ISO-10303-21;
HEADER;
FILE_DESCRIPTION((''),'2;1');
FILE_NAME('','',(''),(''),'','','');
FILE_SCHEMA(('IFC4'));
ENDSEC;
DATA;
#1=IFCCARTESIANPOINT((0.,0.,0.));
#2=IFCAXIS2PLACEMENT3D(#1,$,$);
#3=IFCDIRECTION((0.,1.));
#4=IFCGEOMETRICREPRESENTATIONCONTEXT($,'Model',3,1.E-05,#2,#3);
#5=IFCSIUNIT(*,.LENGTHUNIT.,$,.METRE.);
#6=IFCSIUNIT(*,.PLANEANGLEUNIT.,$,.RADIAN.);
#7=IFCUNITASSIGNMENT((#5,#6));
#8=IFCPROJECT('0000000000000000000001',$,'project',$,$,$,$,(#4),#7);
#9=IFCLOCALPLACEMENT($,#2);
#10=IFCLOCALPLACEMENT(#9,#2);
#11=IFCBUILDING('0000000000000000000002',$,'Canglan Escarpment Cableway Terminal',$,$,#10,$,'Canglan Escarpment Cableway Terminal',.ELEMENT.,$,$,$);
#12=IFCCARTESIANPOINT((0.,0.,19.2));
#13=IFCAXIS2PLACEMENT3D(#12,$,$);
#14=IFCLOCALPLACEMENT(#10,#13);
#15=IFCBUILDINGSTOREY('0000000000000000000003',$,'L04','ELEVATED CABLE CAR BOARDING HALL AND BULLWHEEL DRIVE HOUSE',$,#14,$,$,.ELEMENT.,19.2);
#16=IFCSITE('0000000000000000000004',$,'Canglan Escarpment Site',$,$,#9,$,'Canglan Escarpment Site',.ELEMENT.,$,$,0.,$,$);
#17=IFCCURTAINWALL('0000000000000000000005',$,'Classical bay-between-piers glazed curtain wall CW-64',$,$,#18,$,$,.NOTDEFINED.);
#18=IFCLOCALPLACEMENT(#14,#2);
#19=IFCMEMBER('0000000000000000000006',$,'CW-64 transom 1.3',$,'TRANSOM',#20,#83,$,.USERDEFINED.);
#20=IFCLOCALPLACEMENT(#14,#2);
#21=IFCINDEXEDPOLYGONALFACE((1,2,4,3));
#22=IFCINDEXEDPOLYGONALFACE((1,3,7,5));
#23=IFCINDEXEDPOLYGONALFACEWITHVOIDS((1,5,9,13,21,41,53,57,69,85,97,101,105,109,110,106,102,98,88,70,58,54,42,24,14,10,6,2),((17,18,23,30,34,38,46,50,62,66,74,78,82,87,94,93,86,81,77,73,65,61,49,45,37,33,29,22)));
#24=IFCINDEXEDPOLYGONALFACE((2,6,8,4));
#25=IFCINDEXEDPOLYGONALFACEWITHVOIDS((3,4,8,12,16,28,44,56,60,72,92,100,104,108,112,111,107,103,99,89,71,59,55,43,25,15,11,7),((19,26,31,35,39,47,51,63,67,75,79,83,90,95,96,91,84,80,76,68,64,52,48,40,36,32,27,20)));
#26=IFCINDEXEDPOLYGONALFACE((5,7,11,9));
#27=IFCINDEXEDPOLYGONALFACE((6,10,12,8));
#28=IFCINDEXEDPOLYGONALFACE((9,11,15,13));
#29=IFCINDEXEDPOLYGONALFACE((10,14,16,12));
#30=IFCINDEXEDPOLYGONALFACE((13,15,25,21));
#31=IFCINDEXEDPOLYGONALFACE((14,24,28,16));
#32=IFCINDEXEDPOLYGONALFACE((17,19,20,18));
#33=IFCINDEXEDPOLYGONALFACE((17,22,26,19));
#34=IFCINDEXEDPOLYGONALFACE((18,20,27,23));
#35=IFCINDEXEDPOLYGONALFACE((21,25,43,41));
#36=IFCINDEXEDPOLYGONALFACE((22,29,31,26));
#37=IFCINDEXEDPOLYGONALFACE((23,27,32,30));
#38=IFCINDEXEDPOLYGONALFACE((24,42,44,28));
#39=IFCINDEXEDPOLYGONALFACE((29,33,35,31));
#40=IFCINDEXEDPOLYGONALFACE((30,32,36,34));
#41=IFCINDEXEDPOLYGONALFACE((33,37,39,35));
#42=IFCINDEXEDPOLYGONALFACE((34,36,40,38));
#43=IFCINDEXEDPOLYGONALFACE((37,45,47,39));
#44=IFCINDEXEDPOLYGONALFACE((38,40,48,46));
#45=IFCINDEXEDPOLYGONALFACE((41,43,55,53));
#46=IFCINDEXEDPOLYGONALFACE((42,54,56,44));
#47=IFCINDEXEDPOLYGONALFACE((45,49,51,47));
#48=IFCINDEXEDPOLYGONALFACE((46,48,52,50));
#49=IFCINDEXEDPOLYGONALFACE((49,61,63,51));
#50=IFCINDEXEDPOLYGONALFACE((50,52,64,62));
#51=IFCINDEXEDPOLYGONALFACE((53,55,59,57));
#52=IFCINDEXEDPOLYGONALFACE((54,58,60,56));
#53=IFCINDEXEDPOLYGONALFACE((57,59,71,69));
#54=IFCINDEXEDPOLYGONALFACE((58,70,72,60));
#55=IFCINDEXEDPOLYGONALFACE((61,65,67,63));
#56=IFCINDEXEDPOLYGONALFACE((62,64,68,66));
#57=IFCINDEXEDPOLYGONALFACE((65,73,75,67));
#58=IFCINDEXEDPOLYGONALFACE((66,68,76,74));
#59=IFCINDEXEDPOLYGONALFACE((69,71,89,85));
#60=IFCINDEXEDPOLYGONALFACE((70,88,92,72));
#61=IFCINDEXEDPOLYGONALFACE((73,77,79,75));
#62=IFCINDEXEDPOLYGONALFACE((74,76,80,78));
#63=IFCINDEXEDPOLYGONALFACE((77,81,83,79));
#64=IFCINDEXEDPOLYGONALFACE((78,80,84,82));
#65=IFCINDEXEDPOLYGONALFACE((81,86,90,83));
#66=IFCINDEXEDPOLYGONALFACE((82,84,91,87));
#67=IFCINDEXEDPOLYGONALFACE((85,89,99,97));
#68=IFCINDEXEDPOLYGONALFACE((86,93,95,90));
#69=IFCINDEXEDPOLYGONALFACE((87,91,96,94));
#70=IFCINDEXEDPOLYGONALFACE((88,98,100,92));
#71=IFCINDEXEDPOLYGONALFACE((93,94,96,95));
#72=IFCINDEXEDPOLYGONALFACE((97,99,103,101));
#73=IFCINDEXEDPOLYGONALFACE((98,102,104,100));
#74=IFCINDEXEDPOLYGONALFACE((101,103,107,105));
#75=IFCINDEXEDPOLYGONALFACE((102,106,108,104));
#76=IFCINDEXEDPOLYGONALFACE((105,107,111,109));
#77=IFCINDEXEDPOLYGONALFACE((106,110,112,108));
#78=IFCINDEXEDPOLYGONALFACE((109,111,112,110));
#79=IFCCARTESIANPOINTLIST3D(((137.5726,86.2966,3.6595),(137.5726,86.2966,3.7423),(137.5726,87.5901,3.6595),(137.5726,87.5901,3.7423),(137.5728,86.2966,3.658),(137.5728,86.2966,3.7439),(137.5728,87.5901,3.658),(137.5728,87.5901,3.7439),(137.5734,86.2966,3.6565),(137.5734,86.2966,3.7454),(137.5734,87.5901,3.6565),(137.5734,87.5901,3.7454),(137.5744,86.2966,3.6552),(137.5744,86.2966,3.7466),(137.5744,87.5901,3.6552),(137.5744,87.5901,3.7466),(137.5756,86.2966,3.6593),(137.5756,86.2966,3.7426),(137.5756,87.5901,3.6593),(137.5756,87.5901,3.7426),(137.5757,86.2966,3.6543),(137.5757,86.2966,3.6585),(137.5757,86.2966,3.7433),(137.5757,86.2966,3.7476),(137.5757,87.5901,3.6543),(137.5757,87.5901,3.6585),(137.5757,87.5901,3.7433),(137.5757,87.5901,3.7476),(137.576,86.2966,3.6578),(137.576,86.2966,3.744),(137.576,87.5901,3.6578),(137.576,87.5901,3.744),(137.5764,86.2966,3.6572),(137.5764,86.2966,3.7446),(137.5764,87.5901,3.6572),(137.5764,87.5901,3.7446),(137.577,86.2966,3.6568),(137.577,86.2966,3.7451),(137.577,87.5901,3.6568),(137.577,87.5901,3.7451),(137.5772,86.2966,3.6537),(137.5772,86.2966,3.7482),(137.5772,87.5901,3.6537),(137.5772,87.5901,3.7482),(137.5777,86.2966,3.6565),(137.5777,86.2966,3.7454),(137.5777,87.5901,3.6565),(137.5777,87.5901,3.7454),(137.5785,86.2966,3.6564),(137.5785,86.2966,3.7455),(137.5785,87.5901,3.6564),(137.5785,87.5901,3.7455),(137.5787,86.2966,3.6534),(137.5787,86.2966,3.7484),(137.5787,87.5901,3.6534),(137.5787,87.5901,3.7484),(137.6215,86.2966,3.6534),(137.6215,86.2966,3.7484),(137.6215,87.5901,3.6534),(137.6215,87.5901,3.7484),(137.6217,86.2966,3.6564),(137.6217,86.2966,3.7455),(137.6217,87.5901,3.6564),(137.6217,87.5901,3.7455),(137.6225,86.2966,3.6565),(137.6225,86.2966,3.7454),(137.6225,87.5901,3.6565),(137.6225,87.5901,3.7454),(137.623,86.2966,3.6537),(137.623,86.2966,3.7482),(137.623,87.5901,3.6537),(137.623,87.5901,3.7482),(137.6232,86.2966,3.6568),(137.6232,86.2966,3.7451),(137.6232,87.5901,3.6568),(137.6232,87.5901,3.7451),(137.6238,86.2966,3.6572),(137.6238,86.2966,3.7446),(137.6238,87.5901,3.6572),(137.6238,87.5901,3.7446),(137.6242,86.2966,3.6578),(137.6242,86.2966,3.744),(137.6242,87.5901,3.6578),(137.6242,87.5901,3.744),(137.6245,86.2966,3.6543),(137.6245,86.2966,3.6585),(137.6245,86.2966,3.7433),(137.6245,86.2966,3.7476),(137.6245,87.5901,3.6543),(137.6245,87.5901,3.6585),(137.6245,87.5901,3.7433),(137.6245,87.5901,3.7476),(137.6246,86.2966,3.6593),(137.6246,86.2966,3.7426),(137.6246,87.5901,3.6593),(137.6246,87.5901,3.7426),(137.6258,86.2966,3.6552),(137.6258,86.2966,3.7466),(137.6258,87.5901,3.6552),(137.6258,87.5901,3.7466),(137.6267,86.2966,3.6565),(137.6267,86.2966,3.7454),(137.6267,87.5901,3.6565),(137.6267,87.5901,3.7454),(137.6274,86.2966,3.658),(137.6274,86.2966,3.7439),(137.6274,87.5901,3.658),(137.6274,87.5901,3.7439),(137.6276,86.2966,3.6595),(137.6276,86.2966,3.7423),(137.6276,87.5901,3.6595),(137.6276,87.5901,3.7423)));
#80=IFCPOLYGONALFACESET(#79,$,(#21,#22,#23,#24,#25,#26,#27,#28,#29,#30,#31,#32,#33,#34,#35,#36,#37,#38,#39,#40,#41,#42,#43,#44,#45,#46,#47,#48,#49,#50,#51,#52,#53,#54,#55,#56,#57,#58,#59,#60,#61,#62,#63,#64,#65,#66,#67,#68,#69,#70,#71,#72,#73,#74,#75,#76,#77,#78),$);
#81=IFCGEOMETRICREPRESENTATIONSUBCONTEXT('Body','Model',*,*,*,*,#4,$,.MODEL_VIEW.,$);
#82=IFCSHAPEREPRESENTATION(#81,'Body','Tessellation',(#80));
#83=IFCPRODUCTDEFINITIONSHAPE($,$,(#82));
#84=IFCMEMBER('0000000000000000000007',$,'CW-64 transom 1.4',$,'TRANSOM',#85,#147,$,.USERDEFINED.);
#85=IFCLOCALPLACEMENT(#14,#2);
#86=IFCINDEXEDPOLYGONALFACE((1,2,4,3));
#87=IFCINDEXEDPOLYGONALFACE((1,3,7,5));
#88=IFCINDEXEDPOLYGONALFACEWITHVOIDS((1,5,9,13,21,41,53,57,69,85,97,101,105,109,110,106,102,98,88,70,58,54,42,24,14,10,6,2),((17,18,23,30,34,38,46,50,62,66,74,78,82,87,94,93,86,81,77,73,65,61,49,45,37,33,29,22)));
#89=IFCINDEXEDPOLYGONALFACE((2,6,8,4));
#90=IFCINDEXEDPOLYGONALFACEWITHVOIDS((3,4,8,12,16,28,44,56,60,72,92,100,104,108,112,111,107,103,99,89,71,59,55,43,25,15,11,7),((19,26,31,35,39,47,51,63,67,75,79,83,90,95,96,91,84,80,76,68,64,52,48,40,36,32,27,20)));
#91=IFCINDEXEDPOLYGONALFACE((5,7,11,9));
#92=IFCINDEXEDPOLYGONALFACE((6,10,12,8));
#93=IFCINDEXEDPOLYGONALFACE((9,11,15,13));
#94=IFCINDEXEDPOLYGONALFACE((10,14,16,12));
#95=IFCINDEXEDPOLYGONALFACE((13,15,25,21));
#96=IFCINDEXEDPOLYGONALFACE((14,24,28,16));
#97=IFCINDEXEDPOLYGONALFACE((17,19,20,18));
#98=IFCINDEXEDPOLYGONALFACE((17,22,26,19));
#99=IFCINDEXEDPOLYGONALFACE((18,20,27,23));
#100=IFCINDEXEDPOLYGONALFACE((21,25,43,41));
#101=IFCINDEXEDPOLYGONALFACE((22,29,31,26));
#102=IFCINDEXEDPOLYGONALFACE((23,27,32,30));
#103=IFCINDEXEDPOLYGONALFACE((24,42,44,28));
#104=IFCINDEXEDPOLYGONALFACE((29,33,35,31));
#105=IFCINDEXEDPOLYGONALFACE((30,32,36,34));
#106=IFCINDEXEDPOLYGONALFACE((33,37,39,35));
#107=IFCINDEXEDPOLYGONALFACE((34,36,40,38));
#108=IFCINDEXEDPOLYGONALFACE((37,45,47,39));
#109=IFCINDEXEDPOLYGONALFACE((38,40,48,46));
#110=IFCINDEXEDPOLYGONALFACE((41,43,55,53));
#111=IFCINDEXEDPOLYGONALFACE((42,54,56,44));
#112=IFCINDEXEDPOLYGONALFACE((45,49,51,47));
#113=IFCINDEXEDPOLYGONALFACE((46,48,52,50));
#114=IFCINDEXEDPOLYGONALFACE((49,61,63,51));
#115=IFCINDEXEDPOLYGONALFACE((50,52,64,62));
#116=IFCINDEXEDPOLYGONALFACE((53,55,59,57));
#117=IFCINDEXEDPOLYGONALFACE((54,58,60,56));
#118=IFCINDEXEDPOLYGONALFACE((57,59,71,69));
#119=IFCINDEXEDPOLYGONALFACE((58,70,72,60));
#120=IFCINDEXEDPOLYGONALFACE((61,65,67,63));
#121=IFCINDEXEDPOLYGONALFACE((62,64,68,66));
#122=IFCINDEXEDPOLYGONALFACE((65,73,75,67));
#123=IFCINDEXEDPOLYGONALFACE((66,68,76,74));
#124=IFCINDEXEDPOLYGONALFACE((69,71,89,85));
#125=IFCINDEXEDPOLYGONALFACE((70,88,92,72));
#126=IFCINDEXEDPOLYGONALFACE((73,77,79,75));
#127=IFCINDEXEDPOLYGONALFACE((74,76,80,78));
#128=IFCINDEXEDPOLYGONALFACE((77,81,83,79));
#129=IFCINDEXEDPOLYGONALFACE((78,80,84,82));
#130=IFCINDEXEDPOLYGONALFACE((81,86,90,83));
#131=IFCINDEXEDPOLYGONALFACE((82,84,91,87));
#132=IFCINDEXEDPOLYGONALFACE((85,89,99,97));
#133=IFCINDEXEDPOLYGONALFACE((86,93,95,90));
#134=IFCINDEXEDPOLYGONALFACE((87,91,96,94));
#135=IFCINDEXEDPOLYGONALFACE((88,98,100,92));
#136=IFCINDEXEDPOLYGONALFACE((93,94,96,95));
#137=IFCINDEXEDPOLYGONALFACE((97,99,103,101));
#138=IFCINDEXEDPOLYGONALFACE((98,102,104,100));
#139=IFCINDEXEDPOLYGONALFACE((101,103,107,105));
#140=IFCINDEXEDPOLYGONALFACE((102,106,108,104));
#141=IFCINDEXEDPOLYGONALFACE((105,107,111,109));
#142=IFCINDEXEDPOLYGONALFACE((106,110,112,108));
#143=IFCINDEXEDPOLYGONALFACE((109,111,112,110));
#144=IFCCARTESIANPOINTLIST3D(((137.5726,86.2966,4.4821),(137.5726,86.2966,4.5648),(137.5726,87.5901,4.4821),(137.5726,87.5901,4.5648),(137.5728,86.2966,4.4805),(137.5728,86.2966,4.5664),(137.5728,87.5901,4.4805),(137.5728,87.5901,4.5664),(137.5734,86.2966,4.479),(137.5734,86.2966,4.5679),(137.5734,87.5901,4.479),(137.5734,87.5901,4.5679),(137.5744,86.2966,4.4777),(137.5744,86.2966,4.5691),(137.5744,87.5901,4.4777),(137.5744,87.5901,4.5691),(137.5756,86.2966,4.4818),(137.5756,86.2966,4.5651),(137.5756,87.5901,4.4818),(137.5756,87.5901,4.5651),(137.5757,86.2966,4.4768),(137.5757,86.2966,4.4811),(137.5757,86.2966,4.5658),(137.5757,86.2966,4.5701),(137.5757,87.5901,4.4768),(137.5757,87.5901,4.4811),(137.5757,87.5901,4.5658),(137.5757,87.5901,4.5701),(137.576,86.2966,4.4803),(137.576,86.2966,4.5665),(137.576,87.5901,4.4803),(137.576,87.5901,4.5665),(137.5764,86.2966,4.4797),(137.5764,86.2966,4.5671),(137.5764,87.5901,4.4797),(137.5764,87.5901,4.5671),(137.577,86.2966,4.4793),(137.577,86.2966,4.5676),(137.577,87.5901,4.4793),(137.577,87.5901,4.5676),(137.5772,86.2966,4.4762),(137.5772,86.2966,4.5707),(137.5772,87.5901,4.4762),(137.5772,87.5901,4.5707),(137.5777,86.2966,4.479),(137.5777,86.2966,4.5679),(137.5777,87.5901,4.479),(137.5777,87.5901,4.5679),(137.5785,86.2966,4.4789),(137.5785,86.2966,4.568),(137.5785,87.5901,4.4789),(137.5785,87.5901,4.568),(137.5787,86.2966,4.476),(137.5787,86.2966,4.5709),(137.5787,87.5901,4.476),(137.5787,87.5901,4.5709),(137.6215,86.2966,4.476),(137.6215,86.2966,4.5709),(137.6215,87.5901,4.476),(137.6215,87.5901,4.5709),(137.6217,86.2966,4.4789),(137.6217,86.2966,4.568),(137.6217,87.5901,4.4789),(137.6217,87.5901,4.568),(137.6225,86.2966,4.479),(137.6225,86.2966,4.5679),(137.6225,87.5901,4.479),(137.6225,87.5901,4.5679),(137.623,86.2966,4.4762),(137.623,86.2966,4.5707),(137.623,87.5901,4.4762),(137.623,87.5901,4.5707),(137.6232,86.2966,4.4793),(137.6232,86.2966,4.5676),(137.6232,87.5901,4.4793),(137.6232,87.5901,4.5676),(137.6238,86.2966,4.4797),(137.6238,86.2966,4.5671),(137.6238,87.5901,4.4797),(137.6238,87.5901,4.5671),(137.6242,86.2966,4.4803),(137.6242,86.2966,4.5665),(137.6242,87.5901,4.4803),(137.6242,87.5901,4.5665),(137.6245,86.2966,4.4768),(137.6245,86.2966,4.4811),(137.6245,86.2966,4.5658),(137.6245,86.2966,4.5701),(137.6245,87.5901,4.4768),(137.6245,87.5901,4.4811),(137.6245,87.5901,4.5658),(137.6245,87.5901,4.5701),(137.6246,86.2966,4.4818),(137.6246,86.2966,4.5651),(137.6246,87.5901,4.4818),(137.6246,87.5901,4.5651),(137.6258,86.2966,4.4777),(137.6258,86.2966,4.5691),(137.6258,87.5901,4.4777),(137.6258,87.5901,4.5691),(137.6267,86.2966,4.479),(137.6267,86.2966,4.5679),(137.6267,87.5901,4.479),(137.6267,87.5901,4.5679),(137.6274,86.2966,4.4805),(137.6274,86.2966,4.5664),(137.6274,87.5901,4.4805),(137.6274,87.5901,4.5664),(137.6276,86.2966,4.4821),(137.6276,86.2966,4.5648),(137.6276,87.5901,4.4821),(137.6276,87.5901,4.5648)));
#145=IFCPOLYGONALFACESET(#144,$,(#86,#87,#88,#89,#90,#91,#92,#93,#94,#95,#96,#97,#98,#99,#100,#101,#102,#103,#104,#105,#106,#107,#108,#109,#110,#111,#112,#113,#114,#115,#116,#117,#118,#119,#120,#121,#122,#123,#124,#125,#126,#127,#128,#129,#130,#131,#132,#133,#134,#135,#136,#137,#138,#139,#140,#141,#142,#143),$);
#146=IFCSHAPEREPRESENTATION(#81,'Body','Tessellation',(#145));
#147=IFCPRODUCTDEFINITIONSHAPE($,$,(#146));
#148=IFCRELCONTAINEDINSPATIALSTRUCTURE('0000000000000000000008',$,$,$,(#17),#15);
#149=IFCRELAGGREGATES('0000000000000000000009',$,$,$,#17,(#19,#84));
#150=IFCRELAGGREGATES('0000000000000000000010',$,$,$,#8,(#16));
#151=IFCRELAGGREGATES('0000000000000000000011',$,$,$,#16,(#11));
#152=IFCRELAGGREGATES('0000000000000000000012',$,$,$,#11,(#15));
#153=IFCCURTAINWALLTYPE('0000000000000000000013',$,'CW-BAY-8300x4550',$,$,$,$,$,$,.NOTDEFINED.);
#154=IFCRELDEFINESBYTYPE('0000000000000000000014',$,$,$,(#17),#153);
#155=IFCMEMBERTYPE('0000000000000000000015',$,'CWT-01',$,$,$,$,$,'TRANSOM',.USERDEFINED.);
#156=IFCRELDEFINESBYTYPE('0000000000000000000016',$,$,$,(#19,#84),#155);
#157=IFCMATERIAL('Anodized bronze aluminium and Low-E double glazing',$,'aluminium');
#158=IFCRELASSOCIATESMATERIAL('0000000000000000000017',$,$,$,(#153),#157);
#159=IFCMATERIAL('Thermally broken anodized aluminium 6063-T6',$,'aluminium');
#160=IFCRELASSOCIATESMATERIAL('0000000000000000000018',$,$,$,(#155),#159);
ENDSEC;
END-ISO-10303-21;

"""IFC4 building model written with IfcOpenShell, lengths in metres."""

from ifc_helpers import new_model, si_unit, direction, frame, origin, origin_2d, place, context, subcontext, project, spatial, hollow_rectangle, extrude, material, material_profile, profile_set, type_object, element, aggregate, save


model = new_model("IFC4")

# Units and contexts
model_context = context("Model", 3, precision=1e-05, world=origin(), true_north=direction((0.0, 1.0)))
body_context = subcontext(model_context, "Body", "Model", "MODEL_VIEW")
ifc_project = project(units=[si_unit("LENGTHUNIT", "METRE"), si_unit("PLANEANGLEUNIT", "RADIAN")], contexts=[model_context])

# Site, building, storey
site_placement = place(None, origin())
site = spatial("IfcSite", under=ifc_project, at=site_placement, Name="Canglan Escarpment Site", LongName="Canglan Escarpment Site", CompositionType="ELEMENT", RefElevation=0.0)
building_placement = place(site_placement, origin())
building = spatial("IfcBuilding", under=site, at=building_placement, Name="Canglan Escarpment Cableway Terminal", LongName="Canglan Escarpment Cableway Terminal", CompositionType="ELEMENT")
storey_placement = place(building_placement, frame((0.0, 0.0, 19.2)))
storey = spatial("IfcBuildingStorey", under=building, at=storey_placement, Name="L04", Description="ELEVATED CABLE CAR BOARDING HALL AND BULLWHEEL DRIVE HOUSE", CompositionType="ELEMENT", Elevation=19.2)

# Curtain wall, members
ifc_material_1 = material(Name="Anodized bronze aluminium and Low-E double glazing", Category="aluminium")
curtain_wall_type = type_object("IfcCurtainWallType", Name="CW-BAY-8300x4550", PredefinedType="NOTDEFINED", material=ifc_material_1)
curtain_wall_placement = place(storey_placement, origin())
curtain_wall = element("IfcCurtainWall", 1, at=curtain_wall_placement, inside=storey, type_object=curtain_wall_type, Name="Classical bay-between-piers glazed curtain wall CW-64", PredefinedType="NOTDEFINED")
ifc_material_2 = material(Name="Thermally broken anodized aluminium 6063-T6", Category="aluminium")
ifc_material_profile_1 = material_profile(ifc_material_2, hollow_rectangle(XDim=0.0549, YDim=0.095, WallThickness=0.0029, InnerFilletRadius=0.0029, OuterFilletRadius=0.0061, at=origin_2d()), Name="ALU-TRAN 55x95x3")
ifc_profile_set_1 = profile_set([ifc_material_profile_1], Name="Thermally broken anodized aluminium 6063-T6")
member_type_1 = type_object("IfcMemberType", Name="CWT-01", ElementType="TRANSOM", PredefinedType="USERDEFINED", material=ifc_profile_set_1)
member_1_placement = place(storey_placement, frame((137.6001, 87.5901, 3.7009), z_axis=(0.0, -1.0, 0.0), x_axis=(1.0, 0.0, 0.0)))
member_1 = element("IfcMember", 2, at=member_1_placement, type_object=member_type_1, Name="CW-64 transom 1.3", ObjectType="TRANSOM", PredefinedType="USERDEFINED", context=body_context, shape_type="SweptSolid", body=[
    extrude(hollow_rectangle(XDim=0.0549, YDim=0.095, WallThickness=0.0029, InnerFilletRadius=0.0029, OuterFilletRadius=0.0061, at=origin_2d()), origin(), (0.0, 0.0, 1.0), 1.2935),
])
member_2_placement = place(storey_placement, frame((137.6001, 87.5901, 4.5234), z_axis=(0.0, -1.0, 0.0), x_axis=(1.0, 0.0, 0.0)))
member_2 = element("IfcMember", 3, at=member_2_placement, type_object=member_type_1, Name="CW-64 transom 1.4", ObjectType="TRANSOM", PredefinedType="USERDEFINED", context=body_context, shape_type="SweptSolid", body=[
    extrude(hollow_rectangle(XDim=0.0549, YDim=0.095, WallThickness=0.0029, InnerFilletRadius=0.0029, OuterFilletRadius=0.0061, at=origin_2d()), origin(), (0.0, 0.0, 1.0), 1.2935),
])
aggregate(curtain_wall, [member_1, member_2])

save(model, "model.ifc")
